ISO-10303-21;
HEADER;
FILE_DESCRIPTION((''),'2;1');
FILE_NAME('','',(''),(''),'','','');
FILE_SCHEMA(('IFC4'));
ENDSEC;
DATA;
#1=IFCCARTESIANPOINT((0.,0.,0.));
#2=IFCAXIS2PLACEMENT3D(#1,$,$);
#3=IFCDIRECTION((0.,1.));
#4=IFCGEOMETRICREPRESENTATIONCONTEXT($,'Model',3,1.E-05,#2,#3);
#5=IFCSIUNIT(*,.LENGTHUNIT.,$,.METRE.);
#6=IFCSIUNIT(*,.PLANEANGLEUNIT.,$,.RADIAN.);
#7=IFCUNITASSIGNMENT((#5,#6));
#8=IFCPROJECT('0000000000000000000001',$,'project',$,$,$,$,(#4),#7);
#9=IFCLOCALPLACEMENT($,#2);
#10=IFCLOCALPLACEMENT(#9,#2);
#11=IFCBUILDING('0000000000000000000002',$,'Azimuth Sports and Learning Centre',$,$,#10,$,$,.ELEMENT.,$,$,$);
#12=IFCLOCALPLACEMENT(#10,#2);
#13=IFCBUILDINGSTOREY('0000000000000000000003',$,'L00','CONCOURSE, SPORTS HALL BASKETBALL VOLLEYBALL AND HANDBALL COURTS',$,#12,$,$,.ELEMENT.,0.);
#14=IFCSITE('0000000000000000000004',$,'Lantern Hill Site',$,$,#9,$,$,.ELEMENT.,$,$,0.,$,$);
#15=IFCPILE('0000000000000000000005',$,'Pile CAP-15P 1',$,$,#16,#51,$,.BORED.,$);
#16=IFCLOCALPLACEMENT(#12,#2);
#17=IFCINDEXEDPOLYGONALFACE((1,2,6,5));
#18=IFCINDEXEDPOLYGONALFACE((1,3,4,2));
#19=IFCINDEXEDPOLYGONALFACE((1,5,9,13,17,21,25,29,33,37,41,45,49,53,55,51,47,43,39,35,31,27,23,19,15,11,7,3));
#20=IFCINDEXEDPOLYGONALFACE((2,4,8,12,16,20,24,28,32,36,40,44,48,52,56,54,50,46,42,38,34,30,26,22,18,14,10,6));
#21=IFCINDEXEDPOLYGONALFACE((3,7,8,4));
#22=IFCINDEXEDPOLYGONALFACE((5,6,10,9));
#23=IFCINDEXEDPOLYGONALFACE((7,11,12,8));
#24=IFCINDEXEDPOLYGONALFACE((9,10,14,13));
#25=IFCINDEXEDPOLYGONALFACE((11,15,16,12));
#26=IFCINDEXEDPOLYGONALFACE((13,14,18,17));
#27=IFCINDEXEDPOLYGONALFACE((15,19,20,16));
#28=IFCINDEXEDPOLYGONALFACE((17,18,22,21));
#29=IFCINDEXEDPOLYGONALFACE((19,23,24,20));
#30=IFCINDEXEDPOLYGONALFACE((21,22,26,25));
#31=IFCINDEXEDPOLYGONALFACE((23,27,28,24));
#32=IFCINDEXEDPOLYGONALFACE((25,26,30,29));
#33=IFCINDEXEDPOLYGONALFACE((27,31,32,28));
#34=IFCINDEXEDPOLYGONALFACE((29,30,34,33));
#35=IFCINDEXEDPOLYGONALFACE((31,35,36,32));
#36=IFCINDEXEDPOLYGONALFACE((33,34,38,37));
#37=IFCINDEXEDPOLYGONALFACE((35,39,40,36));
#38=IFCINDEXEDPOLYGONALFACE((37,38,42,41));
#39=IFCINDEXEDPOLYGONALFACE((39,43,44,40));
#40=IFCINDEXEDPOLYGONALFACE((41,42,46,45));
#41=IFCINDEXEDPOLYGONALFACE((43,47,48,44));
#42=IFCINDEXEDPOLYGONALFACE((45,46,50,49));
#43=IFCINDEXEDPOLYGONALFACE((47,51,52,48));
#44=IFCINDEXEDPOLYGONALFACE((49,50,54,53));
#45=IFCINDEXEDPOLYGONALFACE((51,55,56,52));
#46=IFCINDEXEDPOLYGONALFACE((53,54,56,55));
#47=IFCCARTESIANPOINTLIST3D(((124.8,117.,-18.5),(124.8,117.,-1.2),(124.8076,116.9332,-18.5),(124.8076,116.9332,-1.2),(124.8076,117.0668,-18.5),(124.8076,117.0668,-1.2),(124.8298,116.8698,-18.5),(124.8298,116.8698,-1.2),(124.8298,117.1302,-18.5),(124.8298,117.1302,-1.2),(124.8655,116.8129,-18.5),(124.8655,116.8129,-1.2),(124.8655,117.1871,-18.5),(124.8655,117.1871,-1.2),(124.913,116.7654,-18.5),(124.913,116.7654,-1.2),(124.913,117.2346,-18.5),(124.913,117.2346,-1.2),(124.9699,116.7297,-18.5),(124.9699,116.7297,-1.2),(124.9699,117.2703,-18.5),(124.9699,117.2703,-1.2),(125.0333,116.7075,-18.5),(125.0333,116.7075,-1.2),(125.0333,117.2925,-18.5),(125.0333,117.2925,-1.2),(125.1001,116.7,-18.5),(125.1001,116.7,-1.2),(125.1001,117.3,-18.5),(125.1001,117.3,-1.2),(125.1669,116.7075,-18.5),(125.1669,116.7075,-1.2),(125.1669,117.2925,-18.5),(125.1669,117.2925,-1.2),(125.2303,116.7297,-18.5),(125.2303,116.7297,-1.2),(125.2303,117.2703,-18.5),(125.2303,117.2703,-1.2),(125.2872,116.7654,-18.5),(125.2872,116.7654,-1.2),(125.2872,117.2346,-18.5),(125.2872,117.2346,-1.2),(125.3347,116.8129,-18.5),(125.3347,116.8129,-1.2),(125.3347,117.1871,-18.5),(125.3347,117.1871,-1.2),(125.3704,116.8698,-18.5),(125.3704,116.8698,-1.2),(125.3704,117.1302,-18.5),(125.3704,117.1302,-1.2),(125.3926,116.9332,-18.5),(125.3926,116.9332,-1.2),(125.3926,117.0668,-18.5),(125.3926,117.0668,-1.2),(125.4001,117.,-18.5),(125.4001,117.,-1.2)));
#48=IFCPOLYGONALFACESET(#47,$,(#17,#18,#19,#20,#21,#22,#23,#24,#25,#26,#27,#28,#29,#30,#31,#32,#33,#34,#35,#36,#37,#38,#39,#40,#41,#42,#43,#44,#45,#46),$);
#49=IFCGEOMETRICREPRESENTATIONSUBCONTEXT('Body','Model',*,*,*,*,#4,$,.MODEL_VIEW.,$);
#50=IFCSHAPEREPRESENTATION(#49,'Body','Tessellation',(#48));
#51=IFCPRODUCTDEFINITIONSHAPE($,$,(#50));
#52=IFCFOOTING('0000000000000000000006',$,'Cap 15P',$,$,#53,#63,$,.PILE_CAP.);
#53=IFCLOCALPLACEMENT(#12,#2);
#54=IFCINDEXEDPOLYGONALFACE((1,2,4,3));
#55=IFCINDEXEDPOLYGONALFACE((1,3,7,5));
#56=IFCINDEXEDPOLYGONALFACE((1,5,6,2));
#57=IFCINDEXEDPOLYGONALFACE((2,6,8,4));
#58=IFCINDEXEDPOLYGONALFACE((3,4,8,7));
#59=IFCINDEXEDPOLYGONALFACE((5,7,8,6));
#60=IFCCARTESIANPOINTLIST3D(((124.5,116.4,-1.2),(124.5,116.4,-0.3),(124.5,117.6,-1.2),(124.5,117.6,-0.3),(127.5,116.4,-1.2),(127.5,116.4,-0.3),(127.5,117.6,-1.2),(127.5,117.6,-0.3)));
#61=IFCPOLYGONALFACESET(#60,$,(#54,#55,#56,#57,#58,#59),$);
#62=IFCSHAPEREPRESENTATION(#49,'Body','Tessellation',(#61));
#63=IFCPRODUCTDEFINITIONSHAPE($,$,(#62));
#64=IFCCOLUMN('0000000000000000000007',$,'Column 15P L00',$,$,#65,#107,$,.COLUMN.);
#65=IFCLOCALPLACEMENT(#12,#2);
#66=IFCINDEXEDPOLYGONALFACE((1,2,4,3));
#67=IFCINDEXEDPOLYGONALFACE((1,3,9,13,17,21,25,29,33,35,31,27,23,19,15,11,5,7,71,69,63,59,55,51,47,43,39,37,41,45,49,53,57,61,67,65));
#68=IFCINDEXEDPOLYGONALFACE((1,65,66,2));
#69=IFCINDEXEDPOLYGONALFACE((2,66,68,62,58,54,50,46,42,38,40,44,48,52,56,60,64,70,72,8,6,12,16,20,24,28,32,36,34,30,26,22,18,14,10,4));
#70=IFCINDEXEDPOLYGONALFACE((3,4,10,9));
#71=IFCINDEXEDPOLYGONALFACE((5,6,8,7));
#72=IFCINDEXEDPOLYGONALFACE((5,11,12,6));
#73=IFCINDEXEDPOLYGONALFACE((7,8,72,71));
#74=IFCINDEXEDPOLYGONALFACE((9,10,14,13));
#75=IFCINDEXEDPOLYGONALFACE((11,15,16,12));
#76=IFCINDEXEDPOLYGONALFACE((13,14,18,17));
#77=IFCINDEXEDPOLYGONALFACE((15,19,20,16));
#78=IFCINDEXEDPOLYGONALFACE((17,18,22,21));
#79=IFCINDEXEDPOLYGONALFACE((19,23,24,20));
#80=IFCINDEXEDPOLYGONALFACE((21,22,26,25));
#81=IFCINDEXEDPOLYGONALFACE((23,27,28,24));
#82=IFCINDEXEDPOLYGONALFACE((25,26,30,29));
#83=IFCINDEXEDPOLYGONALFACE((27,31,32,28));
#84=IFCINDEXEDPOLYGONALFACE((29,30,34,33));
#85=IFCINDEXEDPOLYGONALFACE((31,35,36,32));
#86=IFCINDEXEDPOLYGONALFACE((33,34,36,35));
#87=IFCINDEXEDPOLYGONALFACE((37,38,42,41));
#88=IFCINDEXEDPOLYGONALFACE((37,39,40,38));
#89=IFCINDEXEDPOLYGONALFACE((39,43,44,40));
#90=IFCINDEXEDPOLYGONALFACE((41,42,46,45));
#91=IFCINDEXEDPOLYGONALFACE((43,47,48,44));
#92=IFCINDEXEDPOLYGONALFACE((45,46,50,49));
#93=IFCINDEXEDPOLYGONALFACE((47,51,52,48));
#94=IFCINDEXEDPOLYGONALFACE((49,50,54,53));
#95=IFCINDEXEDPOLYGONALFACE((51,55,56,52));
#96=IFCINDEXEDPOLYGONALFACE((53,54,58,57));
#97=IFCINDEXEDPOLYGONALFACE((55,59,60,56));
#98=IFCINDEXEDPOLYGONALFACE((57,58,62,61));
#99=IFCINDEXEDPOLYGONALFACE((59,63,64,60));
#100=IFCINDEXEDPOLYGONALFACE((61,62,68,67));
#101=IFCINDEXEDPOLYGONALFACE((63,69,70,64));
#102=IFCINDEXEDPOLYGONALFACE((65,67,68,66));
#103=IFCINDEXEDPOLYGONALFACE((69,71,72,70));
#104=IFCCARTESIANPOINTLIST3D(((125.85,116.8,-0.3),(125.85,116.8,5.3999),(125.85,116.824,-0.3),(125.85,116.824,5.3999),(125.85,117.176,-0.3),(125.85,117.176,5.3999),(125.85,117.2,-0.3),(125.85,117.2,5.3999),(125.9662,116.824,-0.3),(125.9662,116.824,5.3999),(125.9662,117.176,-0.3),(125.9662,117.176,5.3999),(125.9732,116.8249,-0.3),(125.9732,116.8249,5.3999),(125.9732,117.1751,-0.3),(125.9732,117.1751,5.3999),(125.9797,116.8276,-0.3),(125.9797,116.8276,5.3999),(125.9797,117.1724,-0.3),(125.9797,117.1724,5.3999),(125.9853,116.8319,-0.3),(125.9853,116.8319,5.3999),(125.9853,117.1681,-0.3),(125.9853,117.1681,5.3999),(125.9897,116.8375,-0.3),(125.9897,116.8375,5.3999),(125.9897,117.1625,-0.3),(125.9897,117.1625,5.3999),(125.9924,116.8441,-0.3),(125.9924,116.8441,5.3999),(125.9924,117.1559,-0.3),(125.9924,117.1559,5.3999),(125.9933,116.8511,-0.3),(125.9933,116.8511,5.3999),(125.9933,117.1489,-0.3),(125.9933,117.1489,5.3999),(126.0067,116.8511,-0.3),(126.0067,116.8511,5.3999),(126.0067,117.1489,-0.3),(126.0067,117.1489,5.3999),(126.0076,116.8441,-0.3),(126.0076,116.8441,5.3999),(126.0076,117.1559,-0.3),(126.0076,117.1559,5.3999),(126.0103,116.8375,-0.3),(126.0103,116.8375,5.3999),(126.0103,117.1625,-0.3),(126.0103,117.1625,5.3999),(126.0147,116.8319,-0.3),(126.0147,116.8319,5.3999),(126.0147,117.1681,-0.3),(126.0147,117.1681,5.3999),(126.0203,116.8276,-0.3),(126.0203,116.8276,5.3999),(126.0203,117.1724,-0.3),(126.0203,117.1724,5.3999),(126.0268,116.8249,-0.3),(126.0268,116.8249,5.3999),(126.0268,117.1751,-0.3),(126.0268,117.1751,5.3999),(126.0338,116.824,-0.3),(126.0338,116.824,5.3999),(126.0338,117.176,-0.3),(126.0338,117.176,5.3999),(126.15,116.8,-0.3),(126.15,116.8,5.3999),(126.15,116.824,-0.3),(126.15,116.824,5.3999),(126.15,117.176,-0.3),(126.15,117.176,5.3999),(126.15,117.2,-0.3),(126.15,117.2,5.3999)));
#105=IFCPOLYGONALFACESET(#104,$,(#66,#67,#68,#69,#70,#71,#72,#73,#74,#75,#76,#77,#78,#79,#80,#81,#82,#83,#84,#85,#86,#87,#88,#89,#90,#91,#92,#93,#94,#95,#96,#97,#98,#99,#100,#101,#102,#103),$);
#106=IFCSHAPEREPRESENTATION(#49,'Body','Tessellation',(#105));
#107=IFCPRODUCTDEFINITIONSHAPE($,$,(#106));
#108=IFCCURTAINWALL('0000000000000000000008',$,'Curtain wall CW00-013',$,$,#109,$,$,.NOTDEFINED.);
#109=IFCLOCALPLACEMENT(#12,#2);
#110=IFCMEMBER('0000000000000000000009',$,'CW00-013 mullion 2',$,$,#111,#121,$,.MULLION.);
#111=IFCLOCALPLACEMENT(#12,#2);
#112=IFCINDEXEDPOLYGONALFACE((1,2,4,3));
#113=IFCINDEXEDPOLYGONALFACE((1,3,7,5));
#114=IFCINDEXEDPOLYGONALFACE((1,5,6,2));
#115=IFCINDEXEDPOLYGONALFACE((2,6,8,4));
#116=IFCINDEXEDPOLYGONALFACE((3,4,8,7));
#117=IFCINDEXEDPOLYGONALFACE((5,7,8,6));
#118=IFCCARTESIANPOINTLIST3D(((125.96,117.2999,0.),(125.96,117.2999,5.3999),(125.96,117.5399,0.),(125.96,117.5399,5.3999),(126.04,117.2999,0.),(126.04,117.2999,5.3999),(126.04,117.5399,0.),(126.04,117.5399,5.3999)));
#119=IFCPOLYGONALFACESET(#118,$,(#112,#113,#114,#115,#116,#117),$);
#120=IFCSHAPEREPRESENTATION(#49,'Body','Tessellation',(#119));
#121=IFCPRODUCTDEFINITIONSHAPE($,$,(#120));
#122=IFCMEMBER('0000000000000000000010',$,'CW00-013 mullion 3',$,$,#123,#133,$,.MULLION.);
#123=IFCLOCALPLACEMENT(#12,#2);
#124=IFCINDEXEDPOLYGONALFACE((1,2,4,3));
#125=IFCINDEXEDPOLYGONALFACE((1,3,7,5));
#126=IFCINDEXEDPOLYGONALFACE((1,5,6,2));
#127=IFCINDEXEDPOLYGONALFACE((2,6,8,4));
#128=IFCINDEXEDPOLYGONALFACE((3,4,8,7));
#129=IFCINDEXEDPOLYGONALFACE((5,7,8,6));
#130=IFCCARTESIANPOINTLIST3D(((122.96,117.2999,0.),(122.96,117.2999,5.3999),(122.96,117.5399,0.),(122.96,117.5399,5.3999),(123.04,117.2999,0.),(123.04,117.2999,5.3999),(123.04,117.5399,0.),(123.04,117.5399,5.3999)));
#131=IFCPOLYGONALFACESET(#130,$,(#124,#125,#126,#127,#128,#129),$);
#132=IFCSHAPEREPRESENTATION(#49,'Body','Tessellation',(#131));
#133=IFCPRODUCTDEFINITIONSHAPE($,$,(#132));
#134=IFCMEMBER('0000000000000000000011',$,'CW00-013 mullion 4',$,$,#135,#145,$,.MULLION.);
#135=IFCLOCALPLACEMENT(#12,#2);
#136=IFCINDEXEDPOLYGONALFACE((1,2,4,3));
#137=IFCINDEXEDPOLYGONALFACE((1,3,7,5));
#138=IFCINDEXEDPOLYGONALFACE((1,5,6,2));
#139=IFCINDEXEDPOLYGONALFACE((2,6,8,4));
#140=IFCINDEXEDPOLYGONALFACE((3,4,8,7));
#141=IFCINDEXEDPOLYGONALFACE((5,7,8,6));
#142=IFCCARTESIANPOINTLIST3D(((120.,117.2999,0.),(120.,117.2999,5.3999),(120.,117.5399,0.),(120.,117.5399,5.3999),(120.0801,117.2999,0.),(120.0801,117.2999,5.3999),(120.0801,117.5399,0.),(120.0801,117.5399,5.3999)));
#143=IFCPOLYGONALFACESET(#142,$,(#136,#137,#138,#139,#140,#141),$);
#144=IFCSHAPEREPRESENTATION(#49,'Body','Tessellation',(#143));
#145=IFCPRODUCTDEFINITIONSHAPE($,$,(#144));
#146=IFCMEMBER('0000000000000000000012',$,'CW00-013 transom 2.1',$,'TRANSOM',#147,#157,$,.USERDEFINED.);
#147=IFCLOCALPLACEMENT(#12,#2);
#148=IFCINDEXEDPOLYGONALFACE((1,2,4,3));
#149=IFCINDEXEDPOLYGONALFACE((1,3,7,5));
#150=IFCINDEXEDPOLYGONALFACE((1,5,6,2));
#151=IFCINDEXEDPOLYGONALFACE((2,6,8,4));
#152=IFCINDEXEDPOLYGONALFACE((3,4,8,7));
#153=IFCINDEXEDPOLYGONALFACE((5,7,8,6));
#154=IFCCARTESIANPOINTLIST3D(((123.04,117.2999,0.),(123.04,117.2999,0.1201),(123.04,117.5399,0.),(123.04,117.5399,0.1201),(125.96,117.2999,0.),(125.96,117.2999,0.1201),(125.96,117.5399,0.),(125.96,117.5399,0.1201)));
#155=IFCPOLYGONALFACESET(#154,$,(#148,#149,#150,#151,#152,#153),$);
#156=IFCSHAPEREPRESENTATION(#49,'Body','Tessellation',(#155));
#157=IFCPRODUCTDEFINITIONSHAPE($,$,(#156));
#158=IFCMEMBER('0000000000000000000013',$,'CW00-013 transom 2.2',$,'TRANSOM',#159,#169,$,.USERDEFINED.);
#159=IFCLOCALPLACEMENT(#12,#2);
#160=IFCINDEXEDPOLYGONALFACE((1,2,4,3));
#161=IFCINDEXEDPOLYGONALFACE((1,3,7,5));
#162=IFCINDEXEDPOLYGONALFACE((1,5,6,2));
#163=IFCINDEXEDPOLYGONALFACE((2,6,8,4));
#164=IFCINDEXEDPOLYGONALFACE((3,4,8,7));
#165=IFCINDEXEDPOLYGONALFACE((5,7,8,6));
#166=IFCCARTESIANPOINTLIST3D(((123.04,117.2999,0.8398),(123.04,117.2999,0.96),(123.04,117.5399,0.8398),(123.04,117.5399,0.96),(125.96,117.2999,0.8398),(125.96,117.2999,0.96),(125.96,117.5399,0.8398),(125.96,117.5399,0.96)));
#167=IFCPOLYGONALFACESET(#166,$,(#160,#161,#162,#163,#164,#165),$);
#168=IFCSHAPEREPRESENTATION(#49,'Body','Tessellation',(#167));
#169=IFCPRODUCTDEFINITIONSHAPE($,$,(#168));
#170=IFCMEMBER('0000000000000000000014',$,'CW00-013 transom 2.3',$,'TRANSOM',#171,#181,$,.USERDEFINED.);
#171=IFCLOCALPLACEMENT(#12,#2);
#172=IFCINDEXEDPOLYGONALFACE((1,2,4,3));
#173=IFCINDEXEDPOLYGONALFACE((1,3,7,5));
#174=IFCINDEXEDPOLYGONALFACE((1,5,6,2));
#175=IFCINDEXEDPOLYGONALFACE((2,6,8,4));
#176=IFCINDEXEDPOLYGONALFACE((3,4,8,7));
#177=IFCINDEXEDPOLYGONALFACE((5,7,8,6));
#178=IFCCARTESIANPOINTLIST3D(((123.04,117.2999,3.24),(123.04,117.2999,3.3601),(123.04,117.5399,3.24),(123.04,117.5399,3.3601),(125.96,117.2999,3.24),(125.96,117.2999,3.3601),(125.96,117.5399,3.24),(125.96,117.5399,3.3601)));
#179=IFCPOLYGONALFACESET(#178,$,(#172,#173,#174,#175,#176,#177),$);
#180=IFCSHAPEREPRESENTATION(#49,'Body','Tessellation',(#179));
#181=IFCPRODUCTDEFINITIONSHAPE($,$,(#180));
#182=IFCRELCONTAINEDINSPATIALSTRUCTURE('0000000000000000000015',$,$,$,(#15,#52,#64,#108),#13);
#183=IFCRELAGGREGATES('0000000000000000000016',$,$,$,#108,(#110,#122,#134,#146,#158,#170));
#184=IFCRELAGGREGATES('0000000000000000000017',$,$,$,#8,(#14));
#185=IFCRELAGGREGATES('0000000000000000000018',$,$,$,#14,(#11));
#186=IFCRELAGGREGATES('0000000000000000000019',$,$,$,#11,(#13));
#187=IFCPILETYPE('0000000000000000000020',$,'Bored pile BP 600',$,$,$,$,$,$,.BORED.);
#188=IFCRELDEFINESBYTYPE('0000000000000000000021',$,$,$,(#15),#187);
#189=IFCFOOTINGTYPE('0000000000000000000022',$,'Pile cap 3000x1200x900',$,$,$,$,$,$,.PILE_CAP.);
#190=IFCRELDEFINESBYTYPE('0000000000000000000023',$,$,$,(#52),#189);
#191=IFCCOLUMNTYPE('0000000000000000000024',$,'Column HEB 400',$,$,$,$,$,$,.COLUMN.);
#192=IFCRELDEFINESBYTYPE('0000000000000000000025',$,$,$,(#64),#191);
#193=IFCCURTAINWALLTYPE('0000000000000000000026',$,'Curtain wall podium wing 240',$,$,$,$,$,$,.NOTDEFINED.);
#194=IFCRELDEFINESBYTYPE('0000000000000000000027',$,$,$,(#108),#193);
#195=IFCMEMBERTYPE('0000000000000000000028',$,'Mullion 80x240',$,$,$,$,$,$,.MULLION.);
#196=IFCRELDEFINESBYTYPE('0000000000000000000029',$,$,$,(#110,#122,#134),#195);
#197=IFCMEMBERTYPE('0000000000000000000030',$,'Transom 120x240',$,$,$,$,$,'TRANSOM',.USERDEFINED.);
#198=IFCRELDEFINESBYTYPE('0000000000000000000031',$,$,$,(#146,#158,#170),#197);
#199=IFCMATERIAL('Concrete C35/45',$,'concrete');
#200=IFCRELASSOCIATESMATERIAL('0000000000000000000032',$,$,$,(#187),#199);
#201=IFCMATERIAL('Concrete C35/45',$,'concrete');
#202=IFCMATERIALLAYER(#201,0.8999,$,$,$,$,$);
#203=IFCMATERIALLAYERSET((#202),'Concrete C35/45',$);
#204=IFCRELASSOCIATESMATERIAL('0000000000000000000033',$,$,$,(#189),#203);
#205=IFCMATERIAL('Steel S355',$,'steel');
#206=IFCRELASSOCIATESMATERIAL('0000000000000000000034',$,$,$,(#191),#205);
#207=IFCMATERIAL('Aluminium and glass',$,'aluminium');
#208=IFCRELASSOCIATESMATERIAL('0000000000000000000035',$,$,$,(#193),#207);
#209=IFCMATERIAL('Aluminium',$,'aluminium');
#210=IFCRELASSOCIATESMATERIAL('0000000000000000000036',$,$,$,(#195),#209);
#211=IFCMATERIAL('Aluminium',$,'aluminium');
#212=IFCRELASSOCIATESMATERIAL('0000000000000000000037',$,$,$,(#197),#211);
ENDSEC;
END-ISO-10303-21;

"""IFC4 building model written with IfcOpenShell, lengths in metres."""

from ifc_helpers import new_model, si_unit, direction, frame, origin, origin_2d, place, context, subcontext, project, spatial, rectangle, circle, i_section, extrude, material, layer, layer_set, material_profile, profile_set, type_object, element, aggregate, save


model = new_model("IFC4")

# Units and contexts
model_context = context("Model", 3, precision=1e-05, world=origin(), true_north=direction((0.0, 1.0)))
body_context = subcontext(model_context, "Body", "Model", "MODEL_VIEW")
ifc_project = project(units=[si_unit("LENGTHUNIT", "METRE"), si_unit("PLANEANGLEUNIT", "RADIAN")], contexts=[model_context])

# Site, building, storey
site_placement = place(None, origin())
site = spatial("IfcSite", under=ifc_project, at=site_placement, Name="Lantern Hill Site", CompositionType="ELEMENT", RefElevation=0.0)
building_placement = place(site_placement, origin())
building = spatial("IfcBuilding", under=site, at=building_placement, Name="Azimuth Sports and Learning Centre", CompositionType="ELEMENT")
storey_placement = place(building_placement, origin())
storey = spatial("IfcBuildingStorey", under=building, at=storey_placement, Name="L00", Description="CONCOURSE, SPORTS HALL BASKETBALL VOLLEYBALL AND HANDBALL COURTS", CompositionType="ELEMENT", Elevation=0.0)

# Pile
ifc_material_1 = material(Name="Concrete C35/45", Category="concrete")
ifc_material_profile_1 = material_profile(ifc_material_1, circle(Radius=0.3, at=origin_2d()), Name="BP 600")
ifc_profile_set_1 = profile_set([ifc_material_profile_1], Name="Concrete C35/45")
pile_type = type_object("IfcPileType", Name="Bored pile BP 600", PredefinedType="BORED", material=ifc_profile_set_1)
pile_placement = place(storey_placement, frame((125.1001, 117.0, -1.2), z_axis=(0.0, 0.0, -1.0), x_axis=(1.0, 0.0, 0.0)))
element("IfcPile", 1, at=pile_placement, inside=storey, type_object=pile_type, Name="Pile CAP-15P 1", PredefinedType="BORED", context=body_context, shape_type="SweptSolid", body=[
    extrude(circle(Radius=0.3, at=origin_2d()), origin(), (0.0, 0.0, 1.0), 17.3),
])

# Footing
ifc_material_2 = material(Name="Concrete C35/45", Category="concrete")
ifc_layer_1 = layer(ifc_material_2, 0.8999)
ifc_layer_set_1 = layer_set([ifc_layer_1], Name="Concrete C35/45")
footing_type = type_object("IfcFootingType", Name="Pile cap 3000x1200x900", PredefinedType="PILE_CAP", material=ifc_layer_set_1)
footing_placement = place(storey_placement, frame((126.0, 117.0, -1.2), z_axis=(0.0, 0.0, 1.0), x_axis=(1.0, 0.0, 0.0)))
element("IfcFooting", 2, at=footing_placement, inside=storey, type_object=footing_type, Name="Cap 15P", PredefinedType="PILE_CAP", context=body_context, shape_type="SweptSolid", body=[
    extrude(rectangle(XDim=3.0, YDim=1.2, at=origin_2d()), origin(), (0.0, 0.0, 1.0), 0.8999),
])

# Column
ifc_material_3 = material(Name="Steel S355", Category="steel")
ifc_material_profile_2 = material_profile(ifc_material_3, i_section(OverallWidth=0.3, OverallDepth=0.3999, WebThickness=0.0134, FlangeThickness=0.0239, FilletRadius=0.0271, at=origin_2d()), Name="HEB 400")
ifc_profile_set_2 = profile_set([ifc_material_profile_2], Name="Steel S355")
column_type = type_object("IfcColumnType", Name="Column HEB 400", PredefinedType="COLUMN", material=ifc_profile_set_2)
column_placement = place(storey_placement, frame((126.0, 117.0, -0.3), z_axis=(0.0, 0.0, 1.0), x_axis=(1.0, 0.0, 0.0)))
element("IfcColumn", 3, at=column_placement, inside=storey, type_object=column_type, Name="Column 15P L00", PredefinedType="COLUMN", context=body_context, shape_type="SweptSolid", body=[
    extrude(i_section(OverallWidth=0.3, OverallDepth=0.3999, WebThickness=0.0134, FlangeThickness=0.0239, FilletRadius=0.0271, at=origin_2d()), origin(), (0.0, 0.0, 1.0), 5.7),
])

# Curtain wall, members
ifc_material_4 = material(Name="Aluminium and glass", Category="aluminium")
curtain_wall_type = type_object("IfcCurtainWallType", Name="Curtain wall podium wing 240", PredefinedType="NOTDEFINED", material=ifc_material_4)
curtain_wall_placement = place(storey_placement, origin())
curtain_wall = element("IfcCurtainWall", 4, at=curtain_wall_placement, inside=storey, type_object=curtain_wall_type, Name="Curtain wall CW00-013", PredefinedType="NOTDEFINED")
ifc_material_5 = material(Name="Aluminium", Category="aluminium")
ifc_material_profile_3 = material_profile(ifc_material_5, rectangle(XDim=0.24, YDim=0.0801, at=origin_2d()), Name="Mullion 80x240")
ifc_profile_set_3 = profile_set([ifc_material_profile_3], Name="Aluminium")
member_type_1 = type_object("IfcMemberType", Name="Mullion 80x240", PredefinedType="MULLION", material=ifc_profile_set_3)
member_1_placement = place(storey_placement, frame((126.0, 117.4199, 0.0), z_axis=(0.0, 0.0, 1.0), x_axis=(0.0, -1.0, 0.0)))
member_1 = element("IfcMember", 5, at=member_1_placement, type_object=member_type_1, Name="CW00-013 mullion 2", PredefinedType="MULLION", context=body_context, shape_type="SweptSolid", body=[
    extrude(rectangle(XDim=0.24, YDim=0.0801, at=origin_2d()), origin(), (0.0, 0.0, 1.0), 5.3999),
])
member_2_placement = place(storey_placement, frame((123.0, 117.4199, 0.0), z_axis=(0.0, 0.0, 1.0), x_axis=(0.0, -1.0, 0.0)))
member_2 = element("IfcMember", 6, at=member_2_placement, type_object=member_type_1, Name="CW00-013 mullion 3", PredefinedType="MULLION", context=body_context, shape_type="SweptSolid", body=[
    extrude(rectangle(XDim=0.24, YDim=0.0801, at=origin_2d()), origin(), (0.0, 0.0, 1.0), 5.3999),
])
member_3_placement = place(storey_placement, frame((120.04, 117.4199, 0.0), z_axis=(0.0, 0.0, 1.0), x_axis=(0.0, -1.0, 0.0)))
member_3 = element("IfcMember", 7, at=member_3_placement, type_object=member_type_1, Name="CW00-013 mullion 4", PredefinedType="MULLION", context=body_context, shape_type="SweptSolid", body=[
    extrude(rectangle(XDim=0.24, YDim=0.0801, at=origin_2d()), origin(), (0.0, 0.0, 1.0), 5.3999),
])
ifc_material_6 = material(Name="Aluminium", Category="aluminium")
ifc_material_profile_4 = material_profile(ifc_material_6, rectangle(XDim=0.24, YDim=0.1201, at=origin_2d()), Name="Transom 120x240")
ifc_profile_set_4 = profile_set([ifc_material_profile_4], Name="Aluminium")
member_type_2 = type_object("IfcMemberType", Name="Transom 120x240", ElementType="TRANSOM", PredefinedType="USERDEFINED", material=ifc_profile_set_4)
member_4_placement = place(storey_placement, frame((125.96, 117.4199, 0.0601), z_axis=(-1.0, 0.0, 0.0), x_axis=(0.0, -1.0, 0.0)))
member_4 = element("IfcMember", 8, at=member_4_placement, type_object=member_type_2, Name="CW00-013 transom 2.1", ObjectType="TRANSOM", PredefinedType="USERDEFINED", context=body_context, shape_type="SweptSolid", body=[
    extrude(rectangle(XDim=0.24, YDim=0.1201, at=origin_2d()), origin(), (0.0, 0.0, 1.0), 2.9199),
])
member_5_placement = place(storey_placement, frame((125.96, 117.4199, 0.8999), z_axis=(-1.0, 0.0, 0.0), x_axis=(0.0, -1.0, 0.0)))
member_5 = element("IfcMember", 9, at=member_5_placement, type_object=member_type_2, Name="CW00-013 transom 2.2", ObjectType="TRANSOM", PredefinedType="USERDEFINED", context=body_context, shape_type="SweptSolid", body=[
    extrude(rectangle(XDim=0.24, YDim=0.1201, at=origin_2d()), origin(), (0.0, 0.0, 1.0), 2.9199),
])
member_6_placement = place(storey_placement, frame((125.96, 117.4199, 3.3), z_axis=(-1.0, 0.0, 0.0), x_axis=(0.0, -1.0, 0.0)))
member_6 = element("IfcMember", 10, at=member_6_placement, type_object=member_type_2, Name="CW00-013 transom 2.3", ObjectType="TRANSOM", PredefinedType="USERDEFINED", context=body_context, shape_type="SweptSolid", body=[
    extrude(rectangle(XDim=0.24, YDim=0.1201, at=origin_2d()), origin(), (0.0, 0.0, 1.0), 2.9199),
])
aggregate(curtain_wall, [member_1, member_2, member_3, member_4, member_5, member_6])

save(model, "model.ifc")
